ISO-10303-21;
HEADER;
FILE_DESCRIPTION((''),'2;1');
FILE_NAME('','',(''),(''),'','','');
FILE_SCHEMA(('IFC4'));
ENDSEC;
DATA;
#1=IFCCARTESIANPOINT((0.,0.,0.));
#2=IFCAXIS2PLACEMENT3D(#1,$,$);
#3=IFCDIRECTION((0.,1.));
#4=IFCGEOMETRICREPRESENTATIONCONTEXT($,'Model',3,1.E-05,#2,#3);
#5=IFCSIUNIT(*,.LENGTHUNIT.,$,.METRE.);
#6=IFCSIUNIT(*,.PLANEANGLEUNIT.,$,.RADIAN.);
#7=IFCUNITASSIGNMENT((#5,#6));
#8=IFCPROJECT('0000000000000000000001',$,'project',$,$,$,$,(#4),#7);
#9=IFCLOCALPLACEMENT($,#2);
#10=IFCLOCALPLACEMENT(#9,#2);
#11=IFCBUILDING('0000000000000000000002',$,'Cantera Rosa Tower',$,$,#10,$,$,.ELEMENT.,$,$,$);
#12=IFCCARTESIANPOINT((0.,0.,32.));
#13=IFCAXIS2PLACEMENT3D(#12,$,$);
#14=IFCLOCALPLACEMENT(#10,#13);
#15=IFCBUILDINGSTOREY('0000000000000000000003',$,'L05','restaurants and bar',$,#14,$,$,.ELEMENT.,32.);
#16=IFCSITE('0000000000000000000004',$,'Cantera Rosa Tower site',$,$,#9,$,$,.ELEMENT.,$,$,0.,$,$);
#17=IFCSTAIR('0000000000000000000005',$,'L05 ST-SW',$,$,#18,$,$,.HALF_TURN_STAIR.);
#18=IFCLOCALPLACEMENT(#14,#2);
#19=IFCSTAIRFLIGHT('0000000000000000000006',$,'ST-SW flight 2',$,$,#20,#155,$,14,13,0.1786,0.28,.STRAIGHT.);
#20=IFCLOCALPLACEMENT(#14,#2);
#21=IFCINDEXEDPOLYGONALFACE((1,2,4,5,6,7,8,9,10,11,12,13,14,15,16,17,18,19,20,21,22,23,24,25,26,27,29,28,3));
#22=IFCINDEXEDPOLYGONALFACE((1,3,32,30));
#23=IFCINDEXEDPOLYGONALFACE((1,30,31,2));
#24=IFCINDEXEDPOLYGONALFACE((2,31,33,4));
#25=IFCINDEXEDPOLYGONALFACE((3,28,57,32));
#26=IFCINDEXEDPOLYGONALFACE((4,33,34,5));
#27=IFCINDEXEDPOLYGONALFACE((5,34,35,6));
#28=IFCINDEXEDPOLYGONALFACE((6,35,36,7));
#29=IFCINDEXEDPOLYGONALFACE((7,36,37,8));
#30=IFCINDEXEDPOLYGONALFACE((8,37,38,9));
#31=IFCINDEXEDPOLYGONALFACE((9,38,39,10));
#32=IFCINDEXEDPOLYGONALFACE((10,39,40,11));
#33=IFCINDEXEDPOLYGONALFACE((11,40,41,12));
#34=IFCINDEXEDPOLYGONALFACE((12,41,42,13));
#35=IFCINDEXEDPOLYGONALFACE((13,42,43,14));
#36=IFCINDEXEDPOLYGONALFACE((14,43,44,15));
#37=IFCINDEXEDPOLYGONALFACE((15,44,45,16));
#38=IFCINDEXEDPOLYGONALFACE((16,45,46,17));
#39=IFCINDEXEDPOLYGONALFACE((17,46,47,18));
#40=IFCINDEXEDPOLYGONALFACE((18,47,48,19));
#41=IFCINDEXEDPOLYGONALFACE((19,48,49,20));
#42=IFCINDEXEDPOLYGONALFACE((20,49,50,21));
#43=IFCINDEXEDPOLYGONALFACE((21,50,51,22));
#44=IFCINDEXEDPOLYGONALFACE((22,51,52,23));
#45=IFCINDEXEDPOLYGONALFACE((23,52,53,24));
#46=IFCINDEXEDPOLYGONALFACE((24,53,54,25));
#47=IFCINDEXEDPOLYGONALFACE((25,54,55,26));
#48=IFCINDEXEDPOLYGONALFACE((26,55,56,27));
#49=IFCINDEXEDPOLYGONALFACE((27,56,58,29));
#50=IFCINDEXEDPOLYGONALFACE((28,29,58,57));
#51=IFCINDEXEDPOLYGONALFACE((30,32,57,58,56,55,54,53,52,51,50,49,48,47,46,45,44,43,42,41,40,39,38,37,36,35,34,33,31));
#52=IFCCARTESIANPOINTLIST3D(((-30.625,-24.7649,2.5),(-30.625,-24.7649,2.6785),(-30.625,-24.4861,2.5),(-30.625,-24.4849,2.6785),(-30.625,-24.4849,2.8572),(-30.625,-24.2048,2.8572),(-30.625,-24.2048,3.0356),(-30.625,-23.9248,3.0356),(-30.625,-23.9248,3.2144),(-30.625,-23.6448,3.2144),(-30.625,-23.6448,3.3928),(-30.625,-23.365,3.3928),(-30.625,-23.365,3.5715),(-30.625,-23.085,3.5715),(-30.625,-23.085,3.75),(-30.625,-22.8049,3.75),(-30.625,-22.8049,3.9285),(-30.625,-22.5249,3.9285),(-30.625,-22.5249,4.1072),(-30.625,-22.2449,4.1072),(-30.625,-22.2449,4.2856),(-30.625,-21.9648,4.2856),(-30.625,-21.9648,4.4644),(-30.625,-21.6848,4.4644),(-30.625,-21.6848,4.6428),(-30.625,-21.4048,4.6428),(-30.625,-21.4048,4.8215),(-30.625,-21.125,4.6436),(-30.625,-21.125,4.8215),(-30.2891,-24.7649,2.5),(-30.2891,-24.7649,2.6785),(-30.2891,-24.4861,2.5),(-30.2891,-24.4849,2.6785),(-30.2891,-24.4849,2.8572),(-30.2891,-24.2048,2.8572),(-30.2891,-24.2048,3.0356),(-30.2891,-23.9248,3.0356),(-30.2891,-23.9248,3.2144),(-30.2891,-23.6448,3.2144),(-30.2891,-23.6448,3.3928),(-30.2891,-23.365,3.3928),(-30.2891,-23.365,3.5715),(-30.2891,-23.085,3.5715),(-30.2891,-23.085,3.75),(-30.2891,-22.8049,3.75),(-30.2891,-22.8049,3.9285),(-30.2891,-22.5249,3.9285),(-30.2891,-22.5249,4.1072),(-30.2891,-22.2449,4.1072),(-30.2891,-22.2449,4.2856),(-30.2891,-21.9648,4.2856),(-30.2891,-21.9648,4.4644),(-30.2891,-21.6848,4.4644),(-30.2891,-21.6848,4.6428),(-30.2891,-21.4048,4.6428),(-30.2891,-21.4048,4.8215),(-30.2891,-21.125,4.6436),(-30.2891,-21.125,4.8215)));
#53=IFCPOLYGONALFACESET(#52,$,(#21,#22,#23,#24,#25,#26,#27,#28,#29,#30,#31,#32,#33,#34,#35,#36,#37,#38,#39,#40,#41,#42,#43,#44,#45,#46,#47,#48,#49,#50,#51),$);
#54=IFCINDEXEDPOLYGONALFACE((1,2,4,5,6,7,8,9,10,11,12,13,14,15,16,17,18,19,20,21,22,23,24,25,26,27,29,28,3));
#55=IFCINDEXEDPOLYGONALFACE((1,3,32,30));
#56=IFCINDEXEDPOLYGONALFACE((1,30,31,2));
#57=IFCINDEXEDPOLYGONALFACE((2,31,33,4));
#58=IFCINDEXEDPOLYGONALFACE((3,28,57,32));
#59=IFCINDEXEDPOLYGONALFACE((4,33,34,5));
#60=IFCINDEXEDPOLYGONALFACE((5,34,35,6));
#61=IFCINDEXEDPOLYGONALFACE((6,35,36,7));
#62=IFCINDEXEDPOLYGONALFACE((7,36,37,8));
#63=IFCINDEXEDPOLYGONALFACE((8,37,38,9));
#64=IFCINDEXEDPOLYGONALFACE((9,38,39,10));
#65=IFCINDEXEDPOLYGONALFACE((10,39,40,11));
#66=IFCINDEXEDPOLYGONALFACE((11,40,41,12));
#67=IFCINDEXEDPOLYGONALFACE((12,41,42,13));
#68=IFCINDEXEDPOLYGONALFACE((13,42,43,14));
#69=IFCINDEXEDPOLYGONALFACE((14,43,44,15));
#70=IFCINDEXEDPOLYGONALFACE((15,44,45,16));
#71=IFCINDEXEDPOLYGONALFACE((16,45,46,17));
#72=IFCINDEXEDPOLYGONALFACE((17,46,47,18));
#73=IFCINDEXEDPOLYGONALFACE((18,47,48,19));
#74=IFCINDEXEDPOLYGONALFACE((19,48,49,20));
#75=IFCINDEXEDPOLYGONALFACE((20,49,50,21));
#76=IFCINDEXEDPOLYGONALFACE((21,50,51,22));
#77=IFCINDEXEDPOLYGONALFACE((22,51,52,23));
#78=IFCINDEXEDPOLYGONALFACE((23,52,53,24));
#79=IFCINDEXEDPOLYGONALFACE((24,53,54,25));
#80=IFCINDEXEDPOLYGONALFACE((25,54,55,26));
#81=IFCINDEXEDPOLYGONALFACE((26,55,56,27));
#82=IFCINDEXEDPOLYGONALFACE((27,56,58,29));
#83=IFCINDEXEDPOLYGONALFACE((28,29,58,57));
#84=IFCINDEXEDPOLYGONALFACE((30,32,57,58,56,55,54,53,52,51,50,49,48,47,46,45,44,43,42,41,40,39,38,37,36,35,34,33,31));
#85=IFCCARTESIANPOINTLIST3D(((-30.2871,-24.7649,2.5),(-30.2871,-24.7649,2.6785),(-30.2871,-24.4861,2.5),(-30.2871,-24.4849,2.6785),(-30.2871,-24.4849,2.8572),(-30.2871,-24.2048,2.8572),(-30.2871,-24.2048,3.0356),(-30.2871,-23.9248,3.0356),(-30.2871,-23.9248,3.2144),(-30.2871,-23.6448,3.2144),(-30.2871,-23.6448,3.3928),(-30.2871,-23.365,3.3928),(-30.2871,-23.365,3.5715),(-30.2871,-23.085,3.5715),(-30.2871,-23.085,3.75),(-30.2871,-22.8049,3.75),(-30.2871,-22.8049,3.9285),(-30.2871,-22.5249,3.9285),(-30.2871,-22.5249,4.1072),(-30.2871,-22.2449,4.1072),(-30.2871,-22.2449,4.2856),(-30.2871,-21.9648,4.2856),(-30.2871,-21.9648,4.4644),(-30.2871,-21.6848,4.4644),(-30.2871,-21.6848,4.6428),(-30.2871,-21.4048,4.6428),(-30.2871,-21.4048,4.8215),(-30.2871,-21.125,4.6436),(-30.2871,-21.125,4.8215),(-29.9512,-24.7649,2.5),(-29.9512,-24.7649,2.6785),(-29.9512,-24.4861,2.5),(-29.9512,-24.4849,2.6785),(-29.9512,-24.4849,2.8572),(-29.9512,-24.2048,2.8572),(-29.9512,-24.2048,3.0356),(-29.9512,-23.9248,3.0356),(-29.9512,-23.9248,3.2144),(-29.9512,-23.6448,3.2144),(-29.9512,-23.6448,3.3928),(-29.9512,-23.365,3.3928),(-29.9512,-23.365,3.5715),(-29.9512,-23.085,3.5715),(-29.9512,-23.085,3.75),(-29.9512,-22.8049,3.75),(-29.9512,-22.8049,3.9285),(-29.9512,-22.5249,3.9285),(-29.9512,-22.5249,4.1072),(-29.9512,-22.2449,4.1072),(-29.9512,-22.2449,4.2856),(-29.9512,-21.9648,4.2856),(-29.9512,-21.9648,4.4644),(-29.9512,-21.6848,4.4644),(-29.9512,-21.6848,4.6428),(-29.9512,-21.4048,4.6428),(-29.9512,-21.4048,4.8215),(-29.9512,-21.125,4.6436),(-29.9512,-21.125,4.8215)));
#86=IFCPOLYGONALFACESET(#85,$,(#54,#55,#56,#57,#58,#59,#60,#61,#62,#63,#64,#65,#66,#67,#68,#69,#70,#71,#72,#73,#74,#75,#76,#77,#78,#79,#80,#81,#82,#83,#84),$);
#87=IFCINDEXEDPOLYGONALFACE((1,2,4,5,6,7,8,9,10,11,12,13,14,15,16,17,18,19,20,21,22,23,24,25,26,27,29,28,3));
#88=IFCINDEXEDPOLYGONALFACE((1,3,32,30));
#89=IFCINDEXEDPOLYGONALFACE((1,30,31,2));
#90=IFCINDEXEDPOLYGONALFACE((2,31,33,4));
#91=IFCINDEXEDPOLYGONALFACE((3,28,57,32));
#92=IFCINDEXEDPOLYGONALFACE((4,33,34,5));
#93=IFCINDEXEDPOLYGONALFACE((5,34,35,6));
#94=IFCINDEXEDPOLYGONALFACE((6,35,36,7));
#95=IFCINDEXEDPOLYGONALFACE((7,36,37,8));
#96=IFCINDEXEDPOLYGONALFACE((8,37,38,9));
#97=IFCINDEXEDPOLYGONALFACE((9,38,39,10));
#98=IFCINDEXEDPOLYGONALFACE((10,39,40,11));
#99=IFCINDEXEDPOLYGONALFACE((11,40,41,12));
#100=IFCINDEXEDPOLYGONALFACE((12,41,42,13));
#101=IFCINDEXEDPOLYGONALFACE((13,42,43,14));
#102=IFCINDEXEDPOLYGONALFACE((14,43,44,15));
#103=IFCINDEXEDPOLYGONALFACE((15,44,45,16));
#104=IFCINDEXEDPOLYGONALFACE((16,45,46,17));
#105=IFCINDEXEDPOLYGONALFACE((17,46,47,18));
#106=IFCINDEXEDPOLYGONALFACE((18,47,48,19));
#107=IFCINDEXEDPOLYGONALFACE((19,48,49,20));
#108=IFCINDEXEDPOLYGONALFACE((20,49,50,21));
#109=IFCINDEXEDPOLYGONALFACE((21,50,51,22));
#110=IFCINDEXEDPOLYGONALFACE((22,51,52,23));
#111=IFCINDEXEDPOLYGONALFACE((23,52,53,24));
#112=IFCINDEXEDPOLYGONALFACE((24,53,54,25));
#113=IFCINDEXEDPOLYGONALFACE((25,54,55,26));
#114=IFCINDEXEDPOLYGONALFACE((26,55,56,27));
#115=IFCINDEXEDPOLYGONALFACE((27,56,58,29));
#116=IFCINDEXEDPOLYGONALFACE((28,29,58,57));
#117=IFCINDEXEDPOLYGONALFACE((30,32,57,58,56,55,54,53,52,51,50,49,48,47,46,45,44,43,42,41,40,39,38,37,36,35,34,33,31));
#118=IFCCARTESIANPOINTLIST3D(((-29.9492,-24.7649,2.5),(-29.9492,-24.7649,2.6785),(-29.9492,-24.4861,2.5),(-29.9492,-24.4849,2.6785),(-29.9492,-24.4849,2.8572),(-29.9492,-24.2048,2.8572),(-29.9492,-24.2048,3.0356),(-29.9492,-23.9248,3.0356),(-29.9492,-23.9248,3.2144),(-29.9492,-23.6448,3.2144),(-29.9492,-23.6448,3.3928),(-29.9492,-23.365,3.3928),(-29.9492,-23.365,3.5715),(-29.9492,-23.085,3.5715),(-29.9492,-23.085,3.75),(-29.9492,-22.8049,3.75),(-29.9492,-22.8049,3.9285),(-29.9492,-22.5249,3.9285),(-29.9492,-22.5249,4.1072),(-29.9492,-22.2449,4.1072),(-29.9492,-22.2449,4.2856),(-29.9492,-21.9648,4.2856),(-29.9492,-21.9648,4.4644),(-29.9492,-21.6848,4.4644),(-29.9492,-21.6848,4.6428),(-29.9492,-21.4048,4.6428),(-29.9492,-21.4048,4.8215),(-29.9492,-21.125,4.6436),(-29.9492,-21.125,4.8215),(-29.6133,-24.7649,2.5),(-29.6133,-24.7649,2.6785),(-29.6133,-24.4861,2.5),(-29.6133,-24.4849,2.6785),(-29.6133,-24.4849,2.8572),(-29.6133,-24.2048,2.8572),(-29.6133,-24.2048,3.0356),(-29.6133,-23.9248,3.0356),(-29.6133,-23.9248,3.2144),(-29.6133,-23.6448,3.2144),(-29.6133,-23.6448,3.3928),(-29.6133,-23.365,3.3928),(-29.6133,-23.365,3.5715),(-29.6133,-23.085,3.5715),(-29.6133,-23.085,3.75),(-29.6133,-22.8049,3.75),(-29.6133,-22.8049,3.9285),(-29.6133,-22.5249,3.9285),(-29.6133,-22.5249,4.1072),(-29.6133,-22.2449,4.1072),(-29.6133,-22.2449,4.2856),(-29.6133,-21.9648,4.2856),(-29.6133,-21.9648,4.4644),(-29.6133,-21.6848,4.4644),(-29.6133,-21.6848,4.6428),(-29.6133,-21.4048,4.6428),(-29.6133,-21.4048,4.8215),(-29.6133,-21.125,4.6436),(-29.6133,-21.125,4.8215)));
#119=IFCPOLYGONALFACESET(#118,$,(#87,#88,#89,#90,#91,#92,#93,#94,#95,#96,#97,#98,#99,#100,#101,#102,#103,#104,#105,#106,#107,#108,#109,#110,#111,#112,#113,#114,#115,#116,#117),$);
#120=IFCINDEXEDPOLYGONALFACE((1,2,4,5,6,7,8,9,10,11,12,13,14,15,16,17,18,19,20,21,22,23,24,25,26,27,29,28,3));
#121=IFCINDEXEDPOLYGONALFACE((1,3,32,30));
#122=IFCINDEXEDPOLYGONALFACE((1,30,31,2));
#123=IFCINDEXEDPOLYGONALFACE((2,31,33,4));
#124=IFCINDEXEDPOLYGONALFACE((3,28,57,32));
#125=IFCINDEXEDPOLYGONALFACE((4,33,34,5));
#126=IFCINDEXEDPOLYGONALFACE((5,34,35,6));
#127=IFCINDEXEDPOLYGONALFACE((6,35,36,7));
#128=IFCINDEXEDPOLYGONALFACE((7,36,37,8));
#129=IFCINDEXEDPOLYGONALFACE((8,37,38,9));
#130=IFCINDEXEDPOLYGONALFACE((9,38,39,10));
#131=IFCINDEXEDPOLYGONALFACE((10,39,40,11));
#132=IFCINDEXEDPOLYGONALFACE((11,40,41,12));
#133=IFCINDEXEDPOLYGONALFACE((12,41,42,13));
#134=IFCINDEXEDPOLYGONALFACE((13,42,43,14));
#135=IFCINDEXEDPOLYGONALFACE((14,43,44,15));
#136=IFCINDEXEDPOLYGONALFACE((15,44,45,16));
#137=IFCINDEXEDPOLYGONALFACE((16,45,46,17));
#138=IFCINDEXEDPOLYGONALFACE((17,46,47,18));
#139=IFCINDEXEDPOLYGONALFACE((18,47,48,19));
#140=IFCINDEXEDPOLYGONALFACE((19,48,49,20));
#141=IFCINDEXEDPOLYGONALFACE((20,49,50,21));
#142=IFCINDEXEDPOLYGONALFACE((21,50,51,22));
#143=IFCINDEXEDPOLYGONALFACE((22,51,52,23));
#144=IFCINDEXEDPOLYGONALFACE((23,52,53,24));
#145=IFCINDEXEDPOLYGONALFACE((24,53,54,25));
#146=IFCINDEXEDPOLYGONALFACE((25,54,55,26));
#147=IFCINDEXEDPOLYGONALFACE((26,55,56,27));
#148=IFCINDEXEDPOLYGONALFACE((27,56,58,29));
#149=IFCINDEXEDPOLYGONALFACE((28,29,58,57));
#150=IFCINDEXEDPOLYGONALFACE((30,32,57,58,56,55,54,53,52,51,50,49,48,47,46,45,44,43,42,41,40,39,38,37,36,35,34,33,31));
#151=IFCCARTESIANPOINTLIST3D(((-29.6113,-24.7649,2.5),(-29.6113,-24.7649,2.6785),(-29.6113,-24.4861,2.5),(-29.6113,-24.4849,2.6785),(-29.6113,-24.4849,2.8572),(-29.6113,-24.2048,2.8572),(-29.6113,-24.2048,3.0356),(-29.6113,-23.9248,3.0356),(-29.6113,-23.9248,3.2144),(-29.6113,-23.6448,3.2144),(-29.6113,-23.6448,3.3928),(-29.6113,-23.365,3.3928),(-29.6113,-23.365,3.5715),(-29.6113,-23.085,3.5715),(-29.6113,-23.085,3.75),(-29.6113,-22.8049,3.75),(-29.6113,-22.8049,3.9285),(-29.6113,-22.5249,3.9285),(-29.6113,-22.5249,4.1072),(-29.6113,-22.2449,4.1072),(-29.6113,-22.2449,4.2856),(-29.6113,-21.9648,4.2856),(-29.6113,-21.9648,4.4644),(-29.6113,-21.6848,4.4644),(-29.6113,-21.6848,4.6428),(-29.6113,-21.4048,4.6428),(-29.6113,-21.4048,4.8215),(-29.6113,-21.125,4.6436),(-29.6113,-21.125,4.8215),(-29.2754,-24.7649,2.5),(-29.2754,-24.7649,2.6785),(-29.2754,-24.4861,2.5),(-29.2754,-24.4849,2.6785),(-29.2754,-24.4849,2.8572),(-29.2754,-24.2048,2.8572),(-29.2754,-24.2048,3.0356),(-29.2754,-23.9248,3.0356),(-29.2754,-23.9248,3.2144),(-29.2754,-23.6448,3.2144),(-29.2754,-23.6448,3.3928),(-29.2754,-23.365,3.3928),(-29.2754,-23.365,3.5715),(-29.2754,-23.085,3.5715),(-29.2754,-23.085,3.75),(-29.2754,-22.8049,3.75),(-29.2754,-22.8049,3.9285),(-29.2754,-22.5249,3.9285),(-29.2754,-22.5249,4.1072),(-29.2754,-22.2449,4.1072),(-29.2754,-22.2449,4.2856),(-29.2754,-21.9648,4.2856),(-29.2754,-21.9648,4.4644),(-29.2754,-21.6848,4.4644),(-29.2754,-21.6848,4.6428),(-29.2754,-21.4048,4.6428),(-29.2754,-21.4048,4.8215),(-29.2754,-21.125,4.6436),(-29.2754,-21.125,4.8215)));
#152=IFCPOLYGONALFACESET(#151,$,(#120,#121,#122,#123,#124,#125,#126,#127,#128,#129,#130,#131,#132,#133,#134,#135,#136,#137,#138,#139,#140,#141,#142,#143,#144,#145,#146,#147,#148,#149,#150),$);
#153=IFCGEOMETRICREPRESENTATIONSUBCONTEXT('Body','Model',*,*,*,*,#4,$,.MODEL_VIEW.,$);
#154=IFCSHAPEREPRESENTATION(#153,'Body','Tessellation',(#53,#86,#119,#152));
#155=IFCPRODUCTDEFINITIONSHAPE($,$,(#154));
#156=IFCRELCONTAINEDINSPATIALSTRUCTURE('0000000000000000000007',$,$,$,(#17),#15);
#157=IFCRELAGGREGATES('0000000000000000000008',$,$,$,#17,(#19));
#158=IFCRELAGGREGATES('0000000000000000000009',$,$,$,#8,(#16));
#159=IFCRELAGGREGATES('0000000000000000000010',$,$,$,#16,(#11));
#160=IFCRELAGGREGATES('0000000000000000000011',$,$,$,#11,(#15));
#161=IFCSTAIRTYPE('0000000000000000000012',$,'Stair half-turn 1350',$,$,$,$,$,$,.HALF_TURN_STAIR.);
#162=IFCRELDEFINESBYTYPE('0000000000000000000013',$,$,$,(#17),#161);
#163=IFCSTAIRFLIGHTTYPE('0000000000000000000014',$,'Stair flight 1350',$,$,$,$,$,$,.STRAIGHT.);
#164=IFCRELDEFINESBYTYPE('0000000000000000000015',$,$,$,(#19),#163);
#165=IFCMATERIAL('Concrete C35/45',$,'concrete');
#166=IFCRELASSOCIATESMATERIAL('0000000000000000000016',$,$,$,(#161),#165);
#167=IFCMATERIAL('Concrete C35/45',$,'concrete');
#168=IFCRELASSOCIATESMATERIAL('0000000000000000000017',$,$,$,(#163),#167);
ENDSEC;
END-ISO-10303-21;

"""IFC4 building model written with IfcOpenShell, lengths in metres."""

from ifc_helpers import new_model, si_unit, direction, frame, origin, place, context, subcontext, project, spatial, polyline, outline, extrude, material, type_object, element, aggregate, save


model = new_model("IFC4")

# Units and contexts
model_context = context("Model", 3, precision=1e-05, world=origin(), true_north=direction((0.0, 1.0)))
body_context = subcontext(model_context, "Body", "Model", "MODEL_VIEW")
ifc_project = project(units=[si_unit("LENGTHUNIT", "METRE"), si_unit("PLANEANGLEUNIT", "RADIAN")], contexts=[model_context])

# Site, building, storey
site_placement = place(None, origin())
site = spatial("IfcSite", under=ifc_project, at=site_placement, Name="Cantera Rosa Tower site", CompositionType="ELEMENT", RefElevation=0.0)
building_placement = place(site_placement, origin())
building = spatial("IfcBuilding", under=site, at=building_placement, Name="Cantera Rosa Tower", CompositionType="ELEMENT")
storey_placement = place(building_placement, frame((0.0, 0.0, 32.0)))
storey = spatial("IfcBuildingStorey", under=building, at=storey_placement, Name="L05", Description="restaurants and bar", CompositionType="ELEMENT", Elevation=32.0)

# Stair, stair flight
ifc_material_1 = material(Name="Concrete C35/45", Category="concrete")
stair_type = type_object("IfcStairType", Name="Stair half-turn 1350", PredefinedType="HALF_TURN_STAIR", material=ifc_material_1)
stair_placement = place(storey_placement, origin())
stair = element("IfcStair", 1, at=stair_placement, inside=storey, type_object=stair_type, Name="L05 ST-SW", PredefinedType="HALF_TURN_STAIR")
ifc_material_2 = material(Name="Concrete C35/45", Category="concrete")
stair_flight_type = type_object("IfcStairFlightType", Name="Stair flight 1350", PredefinedType="STRAIGHT", material=ifc_material_2)
stair_flight_1_placement = place(storey_placement, frame((-29.95, -24.7649, 2.5), z_axis=(0.0, 0.0, 1.0), x_axis=(0.0, 1.0, 0.0)))
stair_flight_1 = element("IfcStairFlight", 2, at=stair_flight_1_placement, type_object=stair_flight_type, Name="ST-SW flight 2", NumberOfRisers=14, NumberOfTreads=13, PredefinedType="STRAIGHT", RiserHeight=0.1786, TreadLength=0.28, context=body_context, shape_type="SweptSolid", body=[
    extrude(outline(polyline([(0.0, 0.0), (0.0, 0.1785), (0.28, 0.1785), (0.28, 0.3572), (0.5601, 0.3572), (0.5601, 0.5356), (0.8401, 0.5356), (0.8401, 0.7144), (1.1201, 0.7144), (1.1201, 0.8928), (1.3999, 0.8928), (1.3999, 1.0715), (1.6799, 1.0715), (1.6799, 1.25), (1.96, 1.25), (1.96, 1.4285), (2.24, 1.4285), (2.24, 1.6072), (2.52, 1.6072), (2.52, 1.7856), (2.8, 1.7856), (2.8, 1.9644), (3.0801, 1.9644), (3.0801, 2.1428), (3.3601, 2.1428), (3.3601, 2.3215), (3.6399, 2.3215), (3.6399, 2.5), (3.6399, 2.1436), (0.2788, 0.0), (0.0, 0.0)])), frame((0.0, 0.675, 0.0), z_axis=(0.0, -1.0, 0.0), x_axis=(1.0, 0.0, 0.0)), (0.0, 0.0, 1.0), 0.3359),
    extrude(outline(polyline([(0.0, 0.0), (0.0, 0.1785), (0.28, 0.1785), (0.28, 0.3572), (0.5601, 0.3572), (0.5601, 0.5356), (0.8401, 0.5356), (0.8401, 0.7144), (1.1201, 0.7144), (1.1201, 0.8928), (1.3999, 0.8928), (1.3999, 1.0715), (1.6799, 1.0715), (1.6799, 1.25), (1.96, 1.25), (1.96, 1.4285), (2.24, 1.4285), (2.24, 1.6072), (2.52, 1.6072), (2.52, 1.7856), (2.8, 1.7856), (2.8, 1.9644), (3.0801, 1.9644), (3.0801, 2.1428), (3.3601, 2.1428), (3.3601, 2.3215), (3.6399, 2.3215), (3.6399, 2.5), (3.6399, 2.1436), (0.2788, 0.0), (0.0, 0.0)])), frame((0.0, 0.3372, 0.0), z_axis=(0.0, -1.0, 0.0), x_axis=(1.0, 0.0, 0.0)), (0.0, 0.0, 1.0), 0.3359),
    extrude(outline(polyline([(0.0, 0.0), (0.0, 0.1785), (0.28, 0.1785), (0.28, 0.3572), (0.5601, 0.3572), (0.5601, 0.5356), (0.8401, 0.5356), (0.8401, 0.7144), (1.1201, 0.7144), (1.1201, 0.8928), (1.3999, 0.8928), (1.3999, 1.0715), (1.6799, 1.0715), (1.6799, 1.25), (1.96, 1.25), (1.96, 1.4285), (2.24, 1.4285), (2.24, 1.6072), (2.52, 1.6072), (2.52, 1.7856), (2.8, 1.7856), (2.8, 1.9644), (3.0801, 1.9644), (3.0801, 2.1428), (3.3601, 2.1428), (3.3601, 2.3215), (3.6399, 2.3215), (3.6399, 2.5), (3.6399, 2.1436), (0.2788, 0.0), (0.0, 0.0)])), frame((0.0, -0.0007, 0.0), z_axis=(0.0, -1.0, 0.0), x_axis=(1.0, 0.0, 0.0)), (0.0, 0.0, 1.0), 0.3359),
    extrude(outline(polyline([(0.0, 0.0), (0.0, 0.1785), (0.28, 0.1785), (0.28, 0.3572), (0.5601, 0.3572), (0.5601, 0.5356), (0.8401, 0.5356), (0.8401, 0.7144), (1.1201, 0.7144), (1.1201, 0.8928), (1.3999, 0.8928), (1.3999, 1.0715), (1.6799, 1.0715), (1.6799, 1.25), (1.96, 1.25), (1.96, 1.4285), (2.24, 1.4285), (2.24, 1.6072), (2.52, 1.6072), (2.52, 1.7856), (2.8, 1.7856), (2.8, 1.9644), (3.0801, 1.9644), (3.0801, 2.1428), (3.3601, 2.1428), (3.3601, 2.3215), (3.6399, 2.3215), (3.6399, 2.5), (3.6399, 2.1436), (0.2788, 0.0), (0.0, 0.0)])), frame((0.0, -0.3386, 0.0), z_axis=(0.0, -1.0, 0.0), x_axis=(1.0, 0.0, 0.0)), (0.0, 0.0, 1.0), 0.3359),
])
aggregate(stair, [stair_flight_1])

save(model, "model.ifc")
